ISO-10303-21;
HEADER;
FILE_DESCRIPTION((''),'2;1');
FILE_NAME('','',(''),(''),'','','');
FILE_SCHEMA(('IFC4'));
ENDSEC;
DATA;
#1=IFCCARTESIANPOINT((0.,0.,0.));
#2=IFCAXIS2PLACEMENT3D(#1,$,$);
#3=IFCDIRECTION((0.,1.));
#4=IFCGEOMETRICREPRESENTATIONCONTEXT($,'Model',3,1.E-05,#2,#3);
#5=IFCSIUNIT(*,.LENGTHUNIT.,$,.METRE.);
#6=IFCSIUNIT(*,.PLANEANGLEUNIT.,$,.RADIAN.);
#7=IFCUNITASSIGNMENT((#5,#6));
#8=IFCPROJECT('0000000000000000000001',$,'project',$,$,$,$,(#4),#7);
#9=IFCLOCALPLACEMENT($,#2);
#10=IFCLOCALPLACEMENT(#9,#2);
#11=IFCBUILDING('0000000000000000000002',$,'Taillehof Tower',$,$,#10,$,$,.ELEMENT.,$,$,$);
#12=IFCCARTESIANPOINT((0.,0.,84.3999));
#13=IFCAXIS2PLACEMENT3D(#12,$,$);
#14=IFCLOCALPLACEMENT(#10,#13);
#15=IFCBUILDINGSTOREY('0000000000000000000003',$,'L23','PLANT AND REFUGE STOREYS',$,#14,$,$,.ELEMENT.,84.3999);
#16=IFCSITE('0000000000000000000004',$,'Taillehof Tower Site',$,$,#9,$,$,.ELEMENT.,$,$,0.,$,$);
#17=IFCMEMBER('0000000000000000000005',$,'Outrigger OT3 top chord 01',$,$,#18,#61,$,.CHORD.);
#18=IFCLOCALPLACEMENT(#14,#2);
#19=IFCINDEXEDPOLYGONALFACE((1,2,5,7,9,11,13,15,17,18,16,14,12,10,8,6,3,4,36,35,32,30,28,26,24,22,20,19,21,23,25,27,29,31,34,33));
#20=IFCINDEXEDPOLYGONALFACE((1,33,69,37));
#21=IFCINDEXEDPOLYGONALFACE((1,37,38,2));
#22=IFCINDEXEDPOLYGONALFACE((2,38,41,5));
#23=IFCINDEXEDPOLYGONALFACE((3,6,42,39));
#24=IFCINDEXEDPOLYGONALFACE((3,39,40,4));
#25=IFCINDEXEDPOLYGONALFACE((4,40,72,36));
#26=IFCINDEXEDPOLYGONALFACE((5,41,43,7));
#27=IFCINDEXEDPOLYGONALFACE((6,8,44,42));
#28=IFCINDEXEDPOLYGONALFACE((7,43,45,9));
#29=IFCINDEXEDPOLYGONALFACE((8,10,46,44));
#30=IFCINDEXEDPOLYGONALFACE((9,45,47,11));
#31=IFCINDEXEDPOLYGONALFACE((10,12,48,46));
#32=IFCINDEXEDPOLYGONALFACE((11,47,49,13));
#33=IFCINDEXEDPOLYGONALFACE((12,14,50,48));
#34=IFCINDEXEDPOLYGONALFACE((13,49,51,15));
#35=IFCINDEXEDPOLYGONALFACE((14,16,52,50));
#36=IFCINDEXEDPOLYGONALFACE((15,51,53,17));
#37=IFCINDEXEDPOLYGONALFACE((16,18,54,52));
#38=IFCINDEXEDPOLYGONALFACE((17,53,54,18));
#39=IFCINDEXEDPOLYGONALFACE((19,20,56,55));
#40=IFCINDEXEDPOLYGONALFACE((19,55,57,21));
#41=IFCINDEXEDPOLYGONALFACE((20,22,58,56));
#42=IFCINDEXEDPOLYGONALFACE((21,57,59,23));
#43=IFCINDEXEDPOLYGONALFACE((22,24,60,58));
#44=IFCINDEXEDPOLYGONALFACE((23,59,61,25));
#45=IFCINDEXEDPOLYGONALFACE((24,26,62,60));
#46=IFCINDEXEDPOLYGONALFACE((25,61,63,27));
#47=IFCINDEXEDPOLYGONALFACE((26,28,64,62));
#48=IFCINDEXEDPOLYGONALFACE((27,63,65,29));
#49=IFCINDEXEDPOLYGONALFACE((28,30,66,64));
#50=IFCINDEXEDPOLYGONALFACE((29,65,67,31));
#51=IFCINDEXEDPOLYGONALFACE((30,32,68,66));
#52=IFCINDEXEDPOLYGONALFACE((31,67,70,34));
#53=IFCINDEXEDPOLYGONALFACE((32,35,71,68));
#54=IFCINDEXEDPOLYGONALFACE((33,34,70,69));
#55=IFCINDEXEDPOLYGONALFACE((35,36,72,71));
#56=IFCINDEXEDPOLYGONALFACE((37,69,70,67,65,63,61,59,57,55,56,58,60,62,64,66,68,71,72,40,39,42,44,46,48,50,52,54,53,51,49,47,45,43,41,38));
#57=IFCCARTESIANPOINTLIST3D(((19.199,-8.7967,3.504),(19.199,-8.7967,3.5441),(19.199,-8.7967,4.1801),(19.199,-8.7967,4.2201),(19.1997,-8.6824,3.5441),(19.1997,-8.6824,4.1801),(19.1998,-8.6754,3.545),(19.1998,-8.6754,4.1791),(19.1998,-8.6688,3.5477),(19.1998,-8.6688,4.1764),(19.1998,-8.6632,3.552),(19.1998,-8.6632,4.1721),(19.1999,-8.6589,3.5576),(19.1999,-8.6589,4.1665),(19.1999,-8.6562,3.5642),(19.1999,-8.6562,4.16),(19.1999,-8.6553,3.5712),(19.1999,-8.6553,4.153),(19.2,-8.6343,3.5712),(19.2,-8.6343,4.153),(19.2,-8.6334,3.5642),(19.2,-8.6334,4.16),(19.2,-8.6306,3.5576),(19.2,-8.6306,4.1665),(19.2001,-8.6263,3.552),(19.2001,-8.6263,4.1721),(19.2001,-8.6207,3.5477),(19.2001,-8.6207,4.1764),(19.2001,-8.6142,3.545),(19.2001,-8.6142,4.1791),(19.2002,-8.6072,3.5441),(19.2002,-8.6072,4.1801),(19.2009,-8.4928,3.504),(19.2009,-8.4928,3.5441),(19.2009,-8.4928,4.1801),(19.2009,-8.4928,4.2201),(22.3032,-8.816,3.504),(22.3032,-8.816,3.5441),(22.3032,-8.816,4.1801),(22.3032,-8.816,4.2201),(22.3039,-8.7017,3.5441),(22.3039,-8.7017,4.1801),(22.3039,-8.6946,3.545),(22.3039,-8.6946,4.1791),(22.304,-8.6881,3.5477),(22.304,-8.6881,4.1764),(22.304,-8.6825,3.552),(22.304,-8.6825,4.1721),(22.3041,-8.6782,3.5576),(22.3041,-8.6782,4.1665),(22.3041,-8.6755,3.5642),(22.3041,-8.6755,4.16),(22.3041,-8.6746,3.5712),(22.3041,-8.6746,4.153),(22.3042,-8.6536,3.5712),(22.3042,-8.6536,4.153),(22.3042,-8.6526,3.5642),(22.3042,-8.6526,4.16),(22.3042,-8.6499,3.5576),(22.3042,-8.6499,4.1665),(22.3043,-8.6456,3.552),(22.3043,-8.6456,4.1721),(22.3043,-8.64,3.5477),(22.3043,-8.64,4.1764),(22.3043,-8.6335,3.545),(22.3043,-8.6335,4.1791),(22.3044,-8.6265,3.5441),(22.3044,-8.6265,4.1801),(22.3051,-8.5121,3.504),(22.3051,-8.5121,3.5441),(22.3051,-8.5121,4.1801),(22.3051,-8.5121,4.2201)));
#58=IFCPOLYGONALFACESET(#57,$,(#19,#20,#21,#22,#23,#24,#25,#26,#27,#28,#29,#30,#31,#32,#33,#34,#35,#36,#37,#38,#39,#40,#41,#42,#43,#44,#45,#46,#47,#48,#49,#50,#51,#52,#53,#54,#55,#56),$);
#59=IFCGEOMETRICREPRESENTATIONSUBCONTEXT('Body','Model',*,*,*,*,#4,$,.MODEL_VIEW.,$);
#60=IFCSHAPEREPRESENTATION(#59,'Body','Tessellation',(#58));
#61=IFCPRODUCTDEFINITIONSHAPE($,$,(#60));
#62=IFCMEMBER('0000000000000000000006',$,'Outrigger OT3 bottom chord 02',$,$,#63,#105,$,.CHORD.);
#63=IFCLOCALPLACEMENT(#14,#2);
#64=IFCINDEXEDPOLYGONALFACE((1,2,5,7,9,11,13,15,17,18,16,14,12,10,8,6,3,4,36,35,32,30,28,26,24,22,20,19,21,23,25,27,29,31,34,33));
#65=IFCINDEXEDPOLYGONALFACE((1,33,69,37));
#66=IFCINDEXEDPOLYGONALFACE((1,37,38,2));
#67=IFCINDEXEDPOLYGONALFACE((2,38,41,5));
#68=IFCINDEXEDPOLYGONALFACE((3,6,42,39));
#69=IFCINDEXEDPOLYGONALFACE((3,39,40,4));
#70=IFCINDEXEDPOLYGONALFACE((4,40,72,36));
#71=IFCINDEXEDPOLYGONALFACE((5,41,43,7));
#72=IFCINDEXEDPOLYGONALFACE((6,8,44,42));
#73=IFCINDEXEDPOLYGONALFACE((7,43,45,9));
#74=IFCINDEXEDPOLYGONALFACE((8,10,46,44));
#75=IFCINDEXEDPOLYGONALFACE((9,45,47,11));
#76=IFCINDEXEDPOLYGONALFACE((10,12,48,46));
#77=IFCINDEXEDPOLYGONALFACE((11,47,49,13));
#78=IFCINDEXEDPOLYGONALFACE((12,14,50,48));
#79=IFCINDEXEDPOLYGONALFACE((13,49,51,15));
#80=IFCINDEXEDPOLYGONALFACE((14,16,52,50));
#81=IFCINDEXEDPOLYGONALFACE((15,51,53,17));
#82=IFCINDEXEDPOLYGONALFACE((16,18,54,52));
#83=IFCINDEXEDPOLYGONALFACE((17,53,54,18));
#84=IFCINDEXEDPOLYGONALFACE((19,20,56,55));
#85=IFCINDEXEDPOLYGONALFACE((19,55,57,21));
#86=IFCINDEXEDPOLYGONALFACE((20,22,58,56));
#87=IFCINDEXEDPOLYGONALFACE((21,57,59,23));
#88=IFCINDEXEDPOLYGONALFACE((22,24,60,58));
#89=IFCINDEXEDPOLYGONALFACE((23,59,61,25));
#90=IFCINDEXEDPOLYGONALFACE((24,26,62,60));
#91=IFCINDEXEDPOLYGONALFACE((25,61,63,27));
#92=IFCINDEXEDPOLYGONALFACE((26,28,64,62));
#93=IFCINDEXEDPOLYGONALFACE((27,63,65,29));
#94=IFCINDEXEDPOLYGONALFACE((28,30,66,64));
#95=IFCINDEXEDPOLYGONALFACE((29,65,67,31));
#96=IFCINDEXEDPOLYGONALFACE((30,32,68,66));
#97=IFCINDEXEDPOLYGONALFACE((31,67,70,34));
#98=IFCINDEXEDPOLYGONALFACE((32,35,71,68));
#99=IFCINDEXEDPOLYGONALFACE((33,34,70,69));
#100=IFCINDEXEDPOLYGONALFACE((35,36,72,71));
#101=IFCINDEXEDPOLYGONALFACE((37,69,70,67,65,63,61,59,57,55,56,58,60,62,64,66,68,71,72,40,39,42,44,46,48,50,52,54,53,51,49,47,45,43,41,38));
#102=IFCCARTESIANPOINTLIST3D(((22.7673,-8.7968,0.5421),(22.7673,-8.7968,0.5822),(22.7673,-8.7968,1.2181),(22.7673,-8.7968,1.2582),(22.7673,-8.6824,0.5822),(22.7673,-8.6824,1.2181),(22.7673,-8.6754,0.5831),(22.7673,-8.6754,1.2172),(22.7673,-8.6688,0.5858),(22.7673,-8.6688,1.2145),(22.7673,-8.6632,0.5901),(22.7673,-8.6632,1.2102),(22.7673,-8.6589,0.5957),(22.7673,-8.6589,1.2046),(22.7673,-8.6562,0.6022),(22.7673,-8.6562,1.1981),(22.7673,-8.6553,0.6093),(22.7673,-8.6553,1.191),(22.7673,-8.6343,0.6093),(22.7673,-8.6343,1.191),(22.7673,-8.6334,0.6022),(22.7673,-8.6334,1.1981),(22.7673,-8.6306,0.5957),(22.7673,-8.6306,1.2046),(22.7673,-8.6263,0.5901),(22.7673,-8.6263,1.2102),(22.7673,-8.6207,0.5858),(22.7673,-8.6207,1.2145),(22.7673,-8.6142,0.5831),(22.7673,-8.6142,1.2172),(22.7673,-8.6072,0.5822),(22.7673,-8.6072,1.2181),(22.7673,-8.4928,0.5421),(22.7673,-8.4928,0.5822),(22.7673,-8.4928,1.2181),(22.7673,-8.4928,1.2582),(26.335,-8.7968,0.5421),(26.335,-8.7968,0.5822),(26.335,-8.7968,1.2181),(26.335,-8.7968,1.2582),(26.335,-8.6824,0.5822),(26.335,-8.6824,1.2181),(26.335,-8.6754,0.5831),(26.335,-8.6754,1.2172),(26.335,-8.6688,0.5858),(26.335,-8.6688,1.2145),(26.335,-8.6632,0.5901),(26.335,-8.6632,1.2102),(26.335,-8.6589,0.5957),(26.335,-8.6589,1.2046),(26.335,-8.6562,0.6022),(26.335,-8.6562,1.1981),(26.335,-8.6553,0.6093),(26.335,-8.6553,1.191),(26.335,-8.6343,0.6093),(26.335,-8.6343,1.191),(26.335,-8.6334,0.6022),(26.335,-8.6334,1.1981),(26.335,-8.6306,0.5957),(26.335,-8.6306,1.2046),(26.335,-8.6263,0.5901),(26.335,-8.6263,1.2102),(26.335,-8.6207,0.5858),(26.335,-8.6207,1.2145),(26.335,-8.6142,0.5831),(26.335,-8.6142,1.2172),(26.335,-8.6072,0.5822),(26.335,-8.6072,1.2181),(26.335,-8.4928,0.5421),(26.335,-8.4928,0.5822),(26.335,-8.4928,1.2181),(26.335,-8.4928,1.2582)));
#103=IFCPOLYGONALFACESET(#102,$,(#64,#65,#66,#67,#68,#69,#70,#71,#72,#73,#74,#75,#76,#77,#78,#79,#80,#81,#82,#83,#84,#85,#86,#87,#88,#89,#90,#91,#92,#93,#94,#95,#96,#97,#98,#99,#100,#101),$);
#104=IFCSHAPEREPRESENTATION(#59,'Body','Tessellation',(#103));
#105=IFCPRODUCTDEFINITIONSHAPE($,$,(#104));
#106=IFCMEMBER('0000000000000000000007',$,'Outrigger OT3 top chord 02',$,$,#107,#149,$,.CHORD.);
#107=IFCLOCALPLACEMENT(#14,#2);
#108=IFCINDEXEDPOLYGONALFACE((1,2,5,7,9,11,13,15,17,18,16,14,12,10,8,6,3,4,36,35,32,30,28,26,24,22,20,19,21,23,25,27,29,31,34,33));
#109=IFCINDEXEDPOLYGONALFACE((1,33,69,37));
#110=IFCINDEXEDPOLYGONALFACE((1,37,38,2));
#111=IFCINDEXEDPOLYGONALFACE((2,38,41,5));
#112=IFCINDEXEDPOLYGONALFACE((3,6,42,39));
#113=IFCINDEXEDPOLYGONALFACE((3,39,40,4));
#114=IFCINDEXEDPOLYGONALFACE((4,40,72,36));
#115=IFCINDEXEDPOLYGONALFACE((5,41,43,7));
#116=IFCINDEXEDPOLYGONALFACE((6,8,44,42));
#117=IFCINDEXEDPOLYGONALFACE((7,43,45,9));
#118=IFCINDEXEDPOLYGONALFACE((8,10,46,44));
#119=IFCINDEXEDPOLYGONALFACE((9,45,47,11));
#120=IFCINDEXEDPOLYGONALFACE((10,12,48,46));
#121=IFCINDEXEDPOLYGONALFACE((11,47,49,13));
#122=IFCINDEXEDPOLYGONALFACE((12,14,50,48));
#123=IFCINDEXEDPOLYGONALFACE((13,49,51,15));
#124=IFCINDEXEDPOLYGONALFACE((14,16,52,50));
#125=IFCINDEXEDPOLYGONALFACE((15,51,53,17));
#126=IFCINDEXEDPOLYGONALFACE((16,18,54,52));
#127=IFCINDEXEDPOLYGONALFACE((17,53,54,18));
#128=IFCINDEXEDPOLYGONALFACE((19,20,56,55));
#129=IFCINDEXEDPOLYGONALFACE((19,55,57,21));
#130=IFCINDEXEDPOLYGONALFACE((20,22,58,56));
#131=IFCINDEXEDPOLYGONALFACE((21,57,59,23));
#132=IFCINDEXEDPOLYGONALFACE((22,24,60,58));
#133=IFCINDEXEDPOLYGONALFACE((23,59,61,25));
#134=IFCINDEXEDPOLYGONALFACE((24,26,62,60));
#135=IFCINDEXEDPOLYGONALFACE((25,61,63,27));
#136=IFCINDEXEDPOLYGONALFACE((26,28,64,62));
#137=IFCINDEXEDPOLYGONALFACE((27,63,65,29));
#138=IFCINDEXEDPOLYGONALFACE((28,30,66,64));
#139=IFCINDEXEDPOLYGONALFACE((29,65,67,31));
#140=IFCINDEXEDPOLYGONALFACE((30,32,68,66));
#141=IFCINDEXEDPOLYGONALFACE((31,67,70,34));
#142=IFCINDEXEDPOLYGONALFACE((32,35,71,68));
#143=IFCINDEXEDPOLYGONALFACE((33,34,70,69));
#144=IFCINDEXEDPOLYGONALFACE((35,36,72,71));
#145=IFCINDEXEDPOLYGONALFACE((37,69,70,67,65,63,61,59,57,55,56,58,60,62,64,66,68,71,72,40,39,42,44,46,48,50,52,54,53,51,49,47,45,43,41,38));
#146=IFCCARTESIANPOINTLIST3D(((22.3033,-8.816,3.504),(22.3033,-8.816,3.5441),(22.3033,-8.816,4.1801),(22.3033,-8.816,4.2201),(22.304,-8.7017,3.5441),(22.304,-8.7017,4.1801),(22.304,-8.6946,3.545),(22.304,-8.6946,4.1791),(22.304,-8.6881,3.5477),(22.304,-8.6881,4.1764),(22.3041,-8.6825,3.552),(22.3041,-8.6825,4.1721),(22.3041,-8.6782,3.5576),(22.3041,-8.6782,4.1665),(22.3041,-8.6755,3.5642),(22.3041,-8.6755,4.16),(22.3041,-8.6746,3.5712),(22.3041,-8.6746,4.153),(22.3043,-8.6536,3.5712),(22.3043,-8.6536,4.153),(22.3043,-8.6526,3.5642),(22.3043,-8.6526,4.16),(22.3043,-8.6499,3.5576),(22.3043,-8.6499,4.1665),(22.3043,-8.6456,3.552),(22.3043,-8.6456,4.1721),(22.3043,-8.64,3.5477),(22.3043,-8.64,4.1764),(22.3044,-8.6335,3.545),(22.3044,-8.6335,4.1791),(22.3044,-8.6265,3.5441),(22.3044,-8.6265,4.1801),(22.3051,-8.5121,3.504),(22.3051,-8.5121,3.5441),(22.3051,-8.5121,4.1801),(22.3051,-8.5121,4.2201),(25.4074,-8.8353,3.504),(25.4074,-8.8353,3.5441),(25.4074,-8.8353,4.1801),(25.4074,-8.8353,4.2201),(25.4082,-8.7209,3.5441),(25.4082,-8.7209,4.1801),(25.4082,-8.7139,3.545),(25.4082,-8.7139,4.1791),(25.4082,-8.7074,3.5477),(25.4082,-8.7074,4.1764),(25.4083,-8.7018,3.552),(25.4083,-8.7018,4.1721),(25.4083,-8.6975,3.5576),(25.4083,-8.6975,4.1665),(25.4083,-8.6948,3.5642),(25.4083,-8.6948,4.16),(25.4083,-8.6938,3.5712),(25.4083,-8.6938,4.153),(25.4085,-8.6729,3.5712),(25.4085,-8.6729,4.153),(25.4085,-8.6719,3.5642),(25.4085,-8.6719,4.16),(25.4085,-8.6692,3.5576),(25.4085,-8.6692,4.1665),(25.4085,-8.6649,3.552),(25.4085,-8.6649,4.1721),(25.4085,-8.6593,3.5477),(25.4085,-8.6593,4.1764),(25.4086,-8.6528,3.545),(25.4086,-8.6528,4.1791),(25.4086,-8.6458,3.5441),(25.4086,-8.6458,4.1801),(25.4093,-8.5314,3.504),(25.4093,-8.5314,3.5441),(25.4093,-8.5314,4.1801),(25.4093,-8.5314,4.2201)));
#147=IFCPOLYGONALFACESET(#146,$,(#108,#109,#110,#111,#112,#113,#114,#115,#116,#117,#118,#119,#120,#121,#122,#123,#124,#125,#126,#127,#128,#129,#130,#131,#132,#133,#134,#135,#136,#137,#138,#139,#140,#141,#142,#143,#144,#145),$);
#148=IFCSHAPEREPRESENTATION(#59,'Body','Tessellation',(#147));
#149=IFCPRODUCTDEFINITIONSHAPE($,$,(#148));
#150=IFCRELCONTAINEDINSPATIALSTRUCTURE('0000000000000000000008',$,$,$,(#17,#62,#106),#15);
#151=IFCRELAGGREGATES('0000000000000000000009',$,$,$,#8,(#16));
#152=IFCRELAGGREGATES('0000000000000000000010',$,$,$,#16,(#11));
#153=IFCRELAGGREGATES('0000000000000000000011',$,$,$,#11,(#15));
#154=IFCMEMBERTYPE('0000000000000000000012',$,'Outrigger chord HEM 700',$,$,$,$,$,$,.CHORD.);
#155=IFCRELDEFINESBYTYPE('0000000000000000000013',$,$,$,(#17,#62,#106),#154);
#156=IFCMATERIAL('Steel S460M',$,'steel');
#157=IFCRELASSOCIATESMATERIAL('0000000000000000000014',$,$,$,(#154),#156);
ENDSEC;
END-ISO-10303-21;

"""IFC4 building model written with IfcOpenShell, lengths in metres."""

from ifc_helpers import new_model, si_unit, direction, frame, origin, origin_2d, place, context, subcontext, project, spatial, i_section, extrude, material, material_profile, profile_set, type_object, element, save


model = new_model("IFC4")

# Units and contexts
model_context = context("Model", 3, precision=1e-05, world=origin(), true_north=direction((0.0, 1.0)))
body_context = subcontext(model_context, "Body", "Model", "MODEL_VIEW")
ifc_project = project(units=[si_unit("LENGTHUNIT", "METRE"), si_unit("PLANEANGLEUNIT", "RADIAN")], contexts=[model_context])

# Site, building, storey
site_placement = place(None, origin())
site = spatial("IfcSite", under=ifc_project, at=site_placement, Name="Taillehof Tower Site", CompositionType="ELEMENT", RefElevation=0.0)
building_placement = place(site_placement, origin())
building = spatial("IfcBuilding", under=site, at=building_placement, Name="Taillehof Tower", CompositionType="ELEMENT")
storey_placement = place(building_placement, frame((0.0, 0.0, 84.3999)))
storey = spatial("IfcBuildingStorey", under=building, at=storey_placement, Name="L23", Description="PLANT AND REFUGE STOREYS", CompositionType="ELEMENT", Elevation=84.3999)

# Members
ifc_material_1 = material(Name="Steel S460M", Category="steel")
ifc_material_profile_1 = material_profile(ifc_material_1, i_section(OverallWidth=0.304, OverallDepth=0.7161, WebThickness=0.021, FlangeThickness=0.04, FilletRadius=0.0271, at=origin_2d()), Name="HEM 700")
ifc_profile_set_1 = profile_set([ifc_material_profile_1], Name="Steel S460M")
member_type_1 = type_object("IfcMemberType", Name="Outrigger chord HEM 700", PredefinedType="CHORD", material=ifc_profile_set_1)
member_1_placement = place(storey_placement, frame((19.2, -8.6448, 3.8621), z_axis=(0.999981, -0.006213, 0.0), x_axis=(0.006213, 0.999981, 0.0)))
element("IfcMember", 1, at=member_1_placement, inside=storey, type_object=member_type_1, Name="Outrigger OT3 top chord 01", PredefinedType="CHORD", context=body_context, shape_type="SweptSolid", body=[
    extrude(i_section(OverallWidth=0.304, OverallDepth=0.7161, WebThickness=0.021, FlangeThickness=0.04, FilletRadius=0.0271, at=origin_2d()), origin(), (0.0, 0.0, 1.0), 3.1042),
])
member_2_placement = place(storey_placement, frame((22.7673, -8.6448, 0.9001), z_axis=(1.0, 0.0, 0.0), x_axis=(0.0, 1.0, 0.0)))
element("IfcMember", 2, at=member_2_placement, inside=storey, type_object=member_type_1, Name="Outrigger OT3 bottom chord 02", PredefinedType="CHORD", context=body_context, shape_type="SweptSolid", body=[
    extrude(i_section(OverallWidth=0.304, OverallDepth=0.7161, WebThickness=0.021, FlangeThickness=0.04, FilletRadius=0.0271, at=origin_2d()), origin(), (0.0, 0.0, 1.0), 3.5676),
])
member_3_placement = place(storey_placement, frame((22.3042, -8.6641, 3.8621), z_axis=(0.999981, -0.006213, 0.0), x_axis=(0.006213, 0.999981, 0.0)))
element("IfcMember", 3, at=member_3_placement, inside=storey, type_object=member_type_1, Name="Outrigger OT3 top chord 02", PredefinedType="CHORD", context=body_context, shape_type="SweptSolid", body=[
    extrude(i_section(OverallWidth=0.304, OverallDepth=0.7161, WebThickness=0.021, FlangeThickness=0.04, FilletRadius=0.0271, at=origin_2d()), origin(), (0.0, 0.0, 1.0), 3.1042),
])

save(model, "model.ifc")
